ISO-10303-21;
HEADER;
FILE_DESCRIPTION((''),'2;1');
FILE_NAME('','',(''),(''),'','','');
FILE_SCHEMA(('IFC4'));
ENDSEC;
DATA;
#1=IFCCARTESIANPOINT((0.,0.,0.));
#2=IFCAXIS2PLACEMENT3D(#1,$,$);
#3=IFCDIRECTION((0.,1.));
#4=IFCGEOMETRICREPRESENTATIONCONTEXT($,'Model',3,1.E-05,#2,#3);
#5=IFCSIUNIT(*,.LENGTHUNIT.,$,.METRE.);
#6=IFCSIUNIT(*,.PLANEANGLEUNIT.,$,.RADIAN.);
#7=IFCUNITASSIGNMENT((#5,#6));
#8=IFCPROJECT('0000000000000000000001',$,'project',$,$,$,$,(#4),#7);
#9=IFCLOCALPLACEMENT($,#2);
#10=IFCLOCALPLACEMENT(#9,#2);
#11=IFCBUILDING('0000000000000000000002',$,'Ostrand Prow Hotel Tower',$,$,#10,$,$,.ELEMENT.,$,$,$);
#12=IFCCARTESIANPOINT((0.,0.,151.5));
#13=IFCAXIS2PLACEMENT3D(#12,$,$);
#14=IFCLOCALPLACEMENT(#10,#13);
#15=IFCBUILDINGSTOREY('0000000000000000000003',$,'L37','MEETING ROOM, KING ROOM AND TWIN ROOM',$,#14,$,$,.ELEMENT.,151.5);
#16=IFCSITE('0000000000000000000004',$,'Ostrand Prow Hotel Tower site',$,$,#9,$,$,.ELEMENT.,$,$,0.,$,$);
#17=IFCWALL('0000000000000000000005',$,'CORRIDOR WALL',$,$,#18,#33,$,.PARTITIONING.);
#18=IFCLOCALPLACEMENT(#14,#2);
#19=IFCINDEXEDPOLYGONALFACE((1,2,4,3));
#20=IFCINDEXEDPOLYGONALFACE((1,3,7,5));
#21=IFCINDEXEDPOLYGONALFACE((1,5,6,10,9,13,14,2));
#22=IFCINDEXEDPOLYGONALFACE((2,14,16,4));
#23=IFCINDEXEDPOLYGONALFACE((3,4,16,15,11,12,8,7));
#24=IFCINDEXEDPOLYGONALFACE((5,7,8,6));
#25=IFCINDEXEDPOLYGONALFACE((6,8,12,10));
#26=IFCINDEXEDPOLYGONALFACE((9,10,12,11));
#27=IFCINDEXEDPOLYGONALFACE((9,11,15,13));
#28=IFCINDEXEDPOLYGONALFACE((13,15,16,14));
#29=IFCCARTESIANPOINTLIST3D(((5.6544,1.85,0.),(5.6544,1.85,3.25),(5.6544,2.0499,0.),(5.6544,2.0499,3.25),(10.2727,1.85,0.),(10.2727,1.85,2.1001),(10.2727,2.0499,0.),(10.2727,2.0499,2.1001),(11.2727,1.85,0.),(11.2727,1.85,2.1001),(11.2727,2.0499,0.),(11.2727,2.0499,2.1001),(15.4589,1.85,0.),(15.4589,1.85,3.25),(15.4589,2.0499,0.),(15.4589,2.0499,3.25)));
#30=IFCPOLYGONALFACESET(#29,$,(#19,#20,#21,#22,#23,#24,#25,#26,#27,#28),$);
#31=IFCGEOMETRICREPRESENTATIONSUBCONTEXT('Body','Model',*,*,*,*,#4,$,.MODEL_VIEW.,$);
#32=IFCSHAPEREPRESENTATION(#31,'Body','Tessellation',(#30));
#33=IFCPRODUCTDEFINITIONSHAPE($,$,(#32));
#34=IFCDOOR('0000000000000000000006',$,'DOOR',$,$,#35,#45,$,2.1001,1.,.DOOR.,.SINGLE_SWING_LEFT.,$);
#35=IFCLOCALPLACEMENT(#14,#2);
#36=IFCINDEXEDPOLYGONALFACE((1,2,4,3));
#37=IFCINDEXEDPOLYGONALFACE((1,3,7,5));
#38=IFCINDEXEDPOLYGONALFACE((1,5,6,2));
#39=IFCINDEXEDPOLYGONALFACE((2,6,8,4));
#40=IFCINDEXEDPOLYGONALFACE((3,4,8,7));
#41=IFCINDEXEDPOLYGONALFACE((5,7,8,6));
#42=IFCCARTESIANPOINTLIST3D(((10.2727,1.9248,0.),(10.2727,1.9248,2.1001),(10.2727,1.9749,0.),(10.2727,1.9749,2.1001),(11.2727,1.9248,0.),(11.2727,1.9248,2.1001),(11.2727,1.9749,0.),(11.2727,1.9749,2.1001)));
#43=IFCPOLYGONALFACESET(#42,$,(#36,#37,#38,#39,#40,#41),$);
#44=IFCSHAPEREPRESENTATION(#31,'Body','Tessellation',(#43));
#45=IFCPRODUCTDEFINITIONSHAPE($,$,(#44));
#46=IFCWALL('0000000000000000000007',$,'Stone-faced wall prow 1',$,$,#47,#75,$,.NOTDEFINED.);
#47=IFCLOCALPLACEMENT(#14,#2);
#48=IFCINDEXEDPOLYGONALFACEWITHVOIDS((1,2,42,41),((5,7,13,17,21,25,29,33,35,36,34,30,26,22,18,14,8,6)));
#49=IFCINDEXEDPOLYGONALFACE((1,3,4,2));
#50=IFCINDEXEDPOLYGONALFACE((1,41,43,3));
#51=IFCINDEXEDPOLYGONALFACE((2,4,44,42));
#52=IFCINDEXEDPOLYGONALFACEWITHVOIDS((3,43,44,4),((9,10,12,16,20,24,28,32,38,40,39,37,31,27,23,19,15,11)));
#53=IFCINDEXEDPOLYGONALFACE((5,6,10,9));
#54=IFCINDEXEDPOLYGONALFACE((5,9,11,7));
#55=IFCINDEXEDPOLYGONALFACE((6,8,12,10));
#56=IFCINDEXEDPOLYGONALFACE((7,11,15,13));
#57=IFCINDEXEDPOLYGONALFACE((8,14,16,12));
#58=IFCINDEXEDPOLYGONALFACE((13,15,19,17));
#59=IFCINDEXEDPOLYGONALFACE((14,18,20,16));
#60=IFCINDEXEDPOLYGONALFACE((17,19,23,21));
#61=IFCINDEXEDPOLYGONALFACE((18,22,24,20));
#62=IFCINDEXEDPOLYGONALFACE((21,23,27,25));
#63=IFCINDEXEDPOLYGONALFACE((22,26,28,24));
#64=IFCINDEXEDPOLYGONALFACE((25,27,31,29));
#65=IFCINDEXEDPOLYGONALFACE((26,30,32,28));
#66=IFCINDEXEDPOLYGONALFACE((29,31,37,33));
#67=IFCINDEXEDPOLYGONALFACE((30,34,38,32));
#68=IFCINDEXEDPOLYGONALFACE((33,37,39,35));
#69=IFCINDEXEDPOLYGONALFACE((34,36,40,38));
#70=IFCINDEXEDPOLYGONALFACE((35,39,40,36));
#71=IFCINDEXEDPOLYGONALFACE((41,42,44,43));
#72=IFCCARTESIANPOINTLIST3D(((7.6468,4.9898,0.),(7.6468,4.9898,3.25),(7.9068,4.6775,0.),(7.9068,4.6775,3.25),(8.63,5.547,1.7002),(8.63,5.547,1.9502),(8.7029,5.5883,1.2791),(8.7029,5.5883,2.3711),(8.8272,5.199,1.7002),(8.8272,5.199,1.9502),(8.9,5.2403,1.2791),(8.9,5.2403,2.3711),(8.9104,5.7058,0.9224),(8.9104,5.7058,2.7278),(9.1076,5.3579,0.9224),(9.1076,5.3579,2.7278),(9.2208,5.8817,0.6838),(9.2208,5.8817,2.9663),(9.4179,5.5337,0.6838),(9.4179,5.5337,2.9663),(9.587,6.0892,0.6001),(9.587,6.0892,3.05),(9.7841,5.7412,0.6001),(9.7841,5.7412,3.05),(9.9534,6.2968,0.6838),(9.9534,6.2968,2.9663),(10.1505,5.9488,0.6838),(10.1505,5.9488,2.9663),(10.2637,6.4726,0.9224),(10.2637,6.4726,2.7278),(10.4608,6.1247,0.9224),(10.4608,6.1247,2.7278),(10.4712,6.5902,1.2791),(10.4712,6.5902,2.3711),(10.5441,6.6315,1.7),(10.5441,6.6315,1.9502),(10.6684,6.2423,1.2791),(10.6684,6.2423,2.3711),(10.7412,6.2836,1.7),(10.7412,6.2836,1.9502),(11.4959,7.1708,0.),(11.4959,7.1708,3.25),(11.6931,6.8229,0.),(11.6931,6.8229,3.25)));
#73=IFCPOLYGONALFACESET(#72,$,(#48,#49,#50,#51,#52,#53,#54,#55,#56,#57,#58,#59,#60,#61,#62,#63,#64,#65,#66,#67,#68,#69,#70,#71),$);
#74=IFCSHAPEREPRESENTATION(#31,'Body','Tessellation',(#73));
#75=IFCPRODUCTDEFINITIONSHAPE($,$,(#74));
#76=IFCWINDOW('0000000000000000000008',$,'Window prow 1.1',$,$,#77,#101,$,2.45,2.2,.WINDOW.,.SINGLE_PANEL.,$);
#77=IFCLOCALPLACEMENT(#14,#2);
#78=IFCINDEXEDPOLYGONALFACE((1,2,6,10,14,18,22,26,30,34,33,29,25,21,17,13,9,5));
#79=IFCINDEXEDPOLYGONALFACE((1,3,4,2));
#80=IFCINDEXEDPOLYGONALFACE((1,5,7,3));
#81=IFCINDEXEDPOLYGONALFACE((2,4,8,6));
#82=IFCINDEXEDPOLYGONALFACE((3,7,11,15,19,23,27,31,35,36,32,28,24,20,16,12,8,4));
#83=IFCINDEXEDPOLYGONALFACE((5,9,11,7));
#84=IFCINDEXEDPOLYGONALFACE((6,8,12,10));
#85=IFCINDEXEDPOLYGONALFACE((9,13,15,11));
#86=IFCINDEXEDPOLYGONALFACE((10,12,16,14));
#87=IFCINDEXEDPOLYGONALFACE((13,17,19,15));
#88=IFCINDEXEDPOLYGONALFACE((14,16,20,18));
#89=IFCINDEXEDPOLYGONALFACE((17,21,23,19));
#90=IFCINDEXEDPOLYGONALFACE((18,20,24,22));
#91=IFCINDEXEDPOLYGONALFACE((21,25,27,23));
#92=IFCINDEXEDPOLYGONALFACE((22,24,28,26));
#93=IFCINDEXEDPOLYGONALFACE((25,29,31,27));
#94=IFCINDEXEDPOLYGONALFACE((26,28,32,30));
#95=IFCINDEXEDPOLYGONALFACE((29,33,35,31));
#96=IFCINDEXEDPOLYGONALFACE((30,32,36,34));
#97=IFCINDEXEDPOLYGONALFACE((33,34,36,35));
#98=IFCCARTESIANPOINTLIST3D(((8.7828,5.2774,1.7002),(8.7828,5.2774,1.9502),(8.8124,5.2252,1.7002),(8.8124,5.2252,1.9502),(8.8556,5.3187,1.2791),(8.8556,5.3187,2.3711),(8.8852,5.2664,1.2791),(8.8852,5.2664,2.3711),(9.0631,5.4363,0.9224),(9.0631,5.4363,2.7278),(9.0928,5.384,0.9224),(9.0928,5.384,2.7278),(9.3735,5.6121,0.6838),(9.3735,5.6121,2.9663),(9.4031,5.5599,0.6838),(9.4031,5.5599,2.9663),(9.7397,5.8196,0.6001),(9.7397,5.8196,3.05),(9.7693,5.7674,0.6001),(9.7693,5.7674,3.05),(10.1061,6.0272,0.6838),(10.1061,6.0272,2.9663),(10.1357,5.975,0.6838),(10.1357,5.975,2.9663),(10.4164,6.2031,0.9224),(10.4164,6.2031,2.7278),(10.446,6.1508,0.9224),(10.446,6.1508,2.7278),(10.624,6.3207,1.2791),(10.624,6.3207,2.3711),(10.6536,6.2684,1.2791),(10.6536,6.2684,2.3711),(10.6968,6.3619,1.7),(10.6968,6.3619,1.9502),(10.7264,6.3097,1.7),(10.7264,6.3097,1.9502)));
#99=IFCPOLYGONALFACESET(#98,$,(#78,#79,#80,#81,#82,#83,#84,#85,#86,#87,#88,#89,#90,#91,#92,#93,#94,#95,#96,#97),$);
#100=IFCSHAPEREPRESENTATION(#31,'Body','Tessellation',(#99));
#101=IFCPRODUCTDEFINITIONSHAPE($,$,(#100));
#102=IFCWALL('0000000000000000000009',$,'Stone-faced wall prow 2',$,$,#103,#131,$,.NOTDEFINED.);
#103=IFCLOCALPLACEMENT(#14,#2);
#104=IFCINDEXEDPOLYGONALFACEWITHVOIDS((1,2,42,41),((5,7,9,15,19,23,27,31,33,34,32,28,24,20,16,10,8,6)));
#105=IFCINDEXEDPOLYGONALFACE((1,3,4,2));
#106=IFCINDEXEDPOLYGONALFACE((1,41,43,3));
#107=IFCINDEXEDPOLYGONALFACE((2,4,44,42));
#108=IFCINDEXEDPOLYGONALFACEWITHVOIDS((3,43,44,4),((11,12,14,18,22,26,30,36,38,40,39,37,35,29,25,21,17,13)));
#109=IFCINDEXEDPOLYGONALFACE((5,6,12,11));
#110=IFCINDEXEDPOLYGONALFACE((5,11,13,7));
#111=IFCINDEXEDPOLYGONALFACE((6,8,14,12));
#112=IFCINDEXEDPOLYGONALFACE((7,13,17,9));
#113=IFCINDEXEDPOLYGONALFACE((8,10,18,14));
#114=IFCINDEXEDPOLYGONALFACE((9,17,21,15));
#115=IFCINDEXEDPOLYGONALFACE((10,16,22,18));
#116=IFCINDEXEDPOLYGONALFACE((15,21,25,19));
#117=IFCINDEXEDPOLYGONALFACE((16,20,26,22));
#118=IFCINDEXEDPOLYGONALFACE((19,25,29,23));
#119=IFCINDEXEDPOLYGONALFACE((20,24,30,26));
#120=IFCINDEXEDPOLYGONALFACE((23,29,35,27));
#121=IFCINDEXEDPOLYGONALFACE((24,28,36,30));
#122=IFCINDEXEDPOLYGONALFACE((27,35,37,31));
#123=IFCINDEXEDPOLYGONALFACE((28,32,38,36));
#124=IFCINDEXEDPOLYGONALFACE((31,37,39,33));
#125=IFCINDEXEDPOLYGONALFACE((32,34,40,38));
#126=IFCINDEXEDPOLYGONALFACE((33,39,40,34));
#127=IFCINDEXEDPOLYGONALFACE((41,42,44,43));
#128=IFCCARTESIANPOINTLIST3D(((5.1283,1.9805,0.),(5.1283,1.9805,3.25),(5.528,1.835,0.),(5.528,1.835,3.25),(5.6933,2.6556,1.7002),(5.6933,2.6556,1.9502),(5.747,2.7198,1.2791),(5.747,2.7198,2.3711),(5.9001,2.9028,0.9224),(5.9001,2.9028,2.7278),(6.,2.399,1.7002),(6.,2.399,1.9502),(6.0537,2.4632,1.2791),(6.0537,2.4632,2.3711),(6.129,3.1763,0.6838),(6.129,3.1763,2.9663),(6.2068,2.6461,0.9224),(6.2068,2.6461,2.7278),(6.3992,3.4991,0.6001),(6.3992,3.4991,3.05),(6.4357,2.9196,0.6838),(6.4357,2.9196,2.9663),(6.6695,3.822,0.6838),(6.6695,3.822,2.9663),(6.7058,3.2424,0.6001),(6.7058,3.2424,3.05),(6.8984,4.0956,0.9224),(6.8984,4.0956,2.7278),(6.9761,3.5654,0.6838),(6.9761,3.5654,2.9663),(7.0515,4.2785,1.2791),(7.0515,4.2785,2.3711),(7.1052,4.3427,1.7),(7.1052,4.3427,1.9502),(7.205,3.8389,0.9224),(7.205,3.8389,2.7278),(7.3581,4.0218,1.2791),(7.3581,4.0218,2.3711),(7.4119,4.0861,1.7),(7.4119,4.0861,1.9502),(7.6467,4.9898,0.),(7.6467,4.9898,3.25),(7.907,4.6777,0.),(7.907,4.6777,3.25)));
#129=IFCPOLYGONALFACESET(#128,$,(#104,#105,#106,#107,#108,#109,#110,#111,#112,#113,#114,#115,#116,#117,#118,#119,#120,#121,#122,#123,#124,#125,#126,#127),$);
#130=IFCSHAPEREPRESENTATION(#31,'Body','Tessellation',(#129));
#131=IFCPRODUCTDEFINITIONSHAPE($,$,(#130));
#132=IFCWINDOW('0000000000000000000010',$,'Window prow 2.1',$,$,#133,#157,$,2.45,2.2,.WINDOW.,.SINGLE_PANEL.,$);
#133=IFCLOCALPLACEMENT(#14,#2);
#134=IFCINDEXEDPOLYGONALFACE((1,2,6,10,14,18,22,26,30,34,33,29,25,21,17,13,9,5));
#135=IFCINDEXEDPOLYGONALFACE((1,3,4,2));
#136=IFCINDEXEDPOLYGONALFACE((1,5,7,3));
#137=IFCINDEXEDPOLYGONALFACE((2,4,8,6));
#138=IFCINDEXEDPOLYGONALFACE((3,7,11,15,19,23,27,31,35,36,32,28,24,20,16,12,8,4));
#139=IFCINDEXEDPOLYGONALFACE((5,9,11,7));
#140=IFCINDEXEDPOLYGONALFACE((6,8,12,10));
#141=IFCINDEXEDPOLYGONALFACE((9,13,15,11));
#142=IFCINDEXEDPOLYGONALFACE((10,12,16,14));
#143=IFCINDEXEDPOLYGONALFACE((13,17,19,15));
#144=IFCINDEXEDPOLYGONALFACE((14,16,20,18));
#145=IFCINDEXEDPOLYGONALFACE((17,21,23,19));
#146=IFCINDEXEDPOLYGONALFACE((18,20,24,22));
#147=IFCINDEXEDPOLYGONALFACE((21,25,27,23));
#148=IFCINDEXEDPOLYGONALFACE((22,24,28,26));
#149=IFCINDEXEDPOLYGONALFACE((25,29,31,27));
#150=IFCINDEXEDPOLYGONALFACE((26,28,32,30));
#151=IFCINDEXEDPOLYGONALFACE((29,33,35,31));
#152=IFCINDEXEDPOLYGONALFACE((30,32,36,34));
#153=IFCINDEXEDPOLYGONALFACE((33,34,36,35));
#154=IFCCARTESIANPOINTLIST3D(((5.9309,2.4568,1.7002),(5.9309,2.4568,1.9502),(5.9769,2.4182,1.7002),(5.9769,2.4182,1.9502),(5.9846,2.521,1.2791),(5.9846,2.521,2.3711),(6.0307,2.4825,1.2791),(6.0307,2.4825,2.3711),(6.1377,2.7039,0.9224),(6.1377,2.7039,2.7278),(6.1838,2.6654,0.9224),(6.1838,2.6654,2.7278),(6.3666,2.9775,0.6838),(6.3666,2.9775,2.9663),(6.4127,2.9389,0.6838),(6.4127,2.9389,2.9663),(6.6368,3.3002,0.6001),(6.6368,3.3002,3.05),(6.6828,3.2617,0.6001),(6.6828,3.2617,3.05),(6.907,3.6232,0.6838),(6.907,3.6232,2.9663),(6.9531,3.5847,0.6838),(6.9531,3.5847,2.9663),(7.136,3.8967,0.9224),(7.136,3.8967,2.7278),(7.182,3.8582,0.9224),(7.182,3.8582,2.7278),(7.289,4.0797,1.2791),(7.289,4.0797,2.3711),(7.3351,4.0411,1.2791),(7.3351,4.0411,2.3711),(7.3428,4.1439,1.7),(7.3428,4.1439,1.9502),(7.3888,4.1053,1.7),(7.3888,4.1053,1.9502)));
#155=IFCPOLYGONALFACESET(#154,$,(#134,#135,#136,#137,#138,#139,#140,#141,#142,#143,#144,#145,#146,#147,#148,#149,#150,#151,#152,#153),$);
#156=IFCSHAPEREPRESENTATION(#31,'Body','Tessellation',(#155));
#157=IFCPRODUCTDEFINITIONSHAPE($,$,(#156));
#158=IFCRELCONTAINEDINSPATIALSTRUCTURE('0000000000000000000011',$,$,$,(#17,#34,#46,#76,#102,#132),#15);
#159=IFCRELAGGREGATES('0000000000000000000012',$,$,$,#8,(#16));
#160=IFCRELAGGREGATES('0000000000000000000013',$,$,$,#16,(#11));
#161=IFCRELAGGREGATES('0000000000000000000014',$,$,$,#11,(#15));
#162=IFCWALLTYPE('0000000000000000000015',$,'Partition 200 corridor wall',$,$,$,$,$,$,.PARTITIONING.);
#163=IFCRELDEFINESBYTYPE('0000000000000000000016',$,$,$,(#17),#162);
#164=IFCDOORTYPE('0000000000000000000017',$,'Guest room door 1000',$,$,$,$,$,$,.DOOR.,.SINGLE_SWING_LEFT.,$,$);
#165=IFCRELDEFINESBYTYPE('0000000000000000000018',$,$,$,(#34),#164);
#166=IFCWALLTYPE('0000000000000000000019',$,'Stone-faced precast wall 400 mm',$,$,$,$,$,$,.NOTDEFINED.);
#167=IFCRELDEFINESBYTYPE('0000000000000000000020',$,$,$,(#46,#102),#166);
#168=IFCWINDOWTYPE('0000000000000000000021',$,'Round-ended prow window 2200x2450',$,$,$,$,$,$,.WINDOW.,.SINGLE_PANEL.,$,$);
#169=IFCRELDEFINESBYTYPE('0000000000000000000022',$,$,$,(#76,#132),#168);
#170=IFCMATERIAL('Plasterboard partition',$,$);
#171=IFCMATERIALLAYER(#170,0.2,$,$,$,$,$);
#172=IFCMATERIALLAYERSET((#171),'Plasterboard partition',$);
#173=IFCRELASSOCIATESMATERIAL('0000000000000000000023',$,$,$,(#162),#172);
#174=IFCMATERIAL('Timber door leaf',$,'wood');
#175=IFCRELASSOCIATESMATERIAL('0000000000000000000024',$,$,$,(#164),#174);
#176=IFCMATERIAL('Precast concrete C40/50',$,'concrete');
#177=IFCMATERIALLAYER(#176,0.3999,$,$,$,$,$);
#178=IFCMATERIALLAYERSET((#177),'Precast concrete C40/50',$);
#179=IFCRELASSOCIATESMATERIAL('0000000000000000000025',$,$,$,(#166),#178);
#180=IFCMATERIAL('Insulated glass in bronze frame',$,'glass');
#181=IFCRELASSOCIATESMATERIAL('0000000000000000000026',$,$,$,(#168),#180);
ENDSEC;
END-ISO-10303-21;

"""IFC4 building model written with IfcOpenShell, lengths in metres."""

from ifc_helpers import new_model, si_unit, direction, frame, frame_2d, origin, place, context, subcontext, project, spatial, polyline, rectangle, outline, extrude, material, layer, layer_set, type_object, element, fill, save


model = new_model("IFC4")

# Units and contexts
model_context = context("Model", 3, precision=1e-05, world=origin(), true_north=direction((0.0, 1.0)))
body_context = subcontext(model_context, "Body", "Model", "MODEL_VIEW")
ifc_project = project(units=[si_unit("LENGTHUNIT", "METRE"), si_unit("PLANEANGLEUNIT", "RADIAN")], contexts=[model_context])

# Site, building, storey
site_placement = place(None, origin())
site = spatial("IfcSite", under=ifc_project, at=site_placement, Name="Ostrand Prow Hotel Tower site", CompositionType="ELEMENT", RefElevation=0.0)
building_placement = place(site_placement, origin())
building = spatial("IfcBuilding", under=site, at=building_placement, Name="Ostrand Prow Hotel Tower", CompositionType="ELEMENT")
storey_placement = place(building_placement, frame((0.0, 0.0, 151.5)))
storey = spatial("IfcBuildingStorey", under=building, at=storey_placement, Name="L37", Description="MEETING ROOM, KING ROOM AND TWIN ROOM", CompositionType="ELEMENT", Elevation=151.5)

# Wall, opening, door
ifc_material_1 = material(Name="Plasterboard partition")
ifc_layer_1 = layer(ifc_material_1, 0.2)
ifc_layer_set_1 = layer_set([ifc_layer_1], Name="Plasterboard partition")
wall_type_1 = type_object("IfcWallType", Name="Partition 200 corridor wall", PredefinedType="PARTITIONING", material=ifc_layer_set_1)
wall_1_placement = place(storey_placement, frame((5.6543, 1.95, 0.0), z_axis=(0.0, 0.0, 1.0), x_axis=(1.0, 0.0, 0.0)))
wall_1 = element("IfcWall", 1, at=wall_1_placement, inside=storey, type_object=wall_type_1, Name="CORRIDOR WALL", PredefinedType="PARTITIONING", context=body_context, shape_type="SweptSolid", body=[
    extrude(rectangle(XDim=9.8044, YDim=0.2, at=frame_2d((4.9023, 0.0))), origin(), (0.0, 0.0, 1.0), 3.25),
])
opening_1_placement = place(wall_1_placement, frame((4.6184, 0.0, 0.0)))
opening_1 = element("IfcOpeningElement", 2, at=opening_1_placement, cuts=wall_1, PredefinedType="OPENING", context=body_context, shape_type="SweptSolid", body=[
    extrude(rectangle(XDim=1.0, YDim=2.1001, at=frame_2d((0.5, 1.05))), frame((0.0, 0.1099, 0.0), z_axis=(0.0, -1.0, 0.0), x_axis=(1.0, 0.0, 0.0)), (0.0, 0.0, 1.0), 0.22),
])
ifc_material_2 = material(Name="Timber door leaf", Category="wood")
door_type = type_object("IfcDoorType", Name="Guest room door 1000", OperationType="SINGLE_SWING_LEFT", PredefinedType="DOOR", material=ifc_material_2)
door_placement = place(opening_1_placement, origin())
door = element("IfcDoor", 3, at=door_placement, inside=storey, type_object=door_type, Name="DOOR", OperationType="SINGLE_SWING_LEFT", OverallHeight=2.1001, OverallWidth=1.0, PredefinedType="DOOR", context=body_context, shape_type="SweptSolid", body=[
    extrude(rectangle(XDim=1.0, YDim=2.1001, at=frame_2d((0.5, 1.05))), frame((0.0, 0.0249, 0.0), z_axis=(0.0, -1.0, 0.0), x_axis=(1.0, 0.0, 0.0)), (0.0, 0.0, 1.0), 0.05),
])
fill(opening_1, door)

# Walls, openings, windows
ifc_material_3 = material(Name="Precast concrete C40/50", Category="concrete")
ifc_layer_2 = layer(ifc_material_3, 0.3999)
ifc_layer_set_2 = layer_set([ifc_layer_2], Name="Precast concrete C40/50")
wall_type_2 = type_object("IfcWallType", Name="Stone-faced precast wall 400 mm", PredefinedType="NOTDEFINED", material=ifc_layer_set_2)
wall_2_placement = place(storey_placement, frame((11.5945, 6.9968, 0.0), z_axis=(0.0, 0.0, 1.0), x_axis=(-0.870045, -0.492972, 0.0)))
wall_2 = element("IfcWall", 4, at=wall_2_placement, inside=storey, type_object=wall_type_2, Name="Stone-faced wall prow 1", PredefinedType="NOTDEFINED", context=body_context, shape_type="SweptSolid", body=[
    extrude(outline(polyline([(0.0, -0.2), (4.4241, -0.2), (4.3518, 0.2), (0.0, 0.2), (0.0, -0.2)])), origin(), (0.0, 0.0, 1.0), 3.25),
])
opening_2_placement = place(wall_2_placement, frame((1.094, 0.0, 0.6001)))
opening_2 = element("IfcOpeningElement", 5, at=opening_2_placement, cuts=wall_2, PredefinedType="OPENING", context=body_context, shape_type="SweptSolid", body=[
    extrude(outline(polyline([(0.0, 1.3501), (0.0837, 1.771), (0.3223, 2.1277), (0.679, 2.3662), (1.1001, 2.45), (1.521, 2.3662), (1.8777, 2.1277), (2.1162, 1.771), (2.2, 1.3501), (2.2, 1.1001), (2.1162, 0.679), (1.8777, 0.3223), (1.521, 0.0837), (1.1001, 0.0), (0.679, 0.0837), (0.3223, 0.3223), (0.0837, 0.679), (0.0, 1.0999), (0.0, 1.3501)])), frame((0.0, 0.21, 0.0), z_axis=(0.0, -1.0, 0.0), x_axis=(1.0, 0.0, 0.0)), (0.0, 0.0, 1.0), 0.4199),
])
ifc_material_4 = material(Name="Insulated glass in bronze frame", Category="glass")
window_type = type_object("IfcWindowType", Name="Round-ended prow window 2200x2450", PartitioningType="SINGLE_PANEL", PredefinedType="WINDOW", material=ifc_material_4)
window_1_placement = place(opening_2_placement, origin())
window_1 = element("IfcWindow", 6, at=window_1_placement, inside=storey, type_object=window_type, Name="Window prow 1.1", OverallHeight=2.45, OverallWidth=2.2, PartitioningType="SINGLE_PANEL", PredefinedType="WINDOW", context=body_context, shape_type="SweptSolid", body=[
    extrude(outline(polyline([(0.0, 1.3501), (0.0837, 1.771), (0.3223, 2.1277), (0.679, 2.3662), (1.1001, 2.45), (1.521, 2.3662), (1.8777, 2.1277), (2.1162, 1.771), (2.2, 1.3501), (2.2, 1.1001), (2.1162, 0.679), (1.8777, 0.3223), (1.521, 0.0837), (1.1001, 0.0), (0.679, 0.0837), (0.3223, 0.3223), (0.0837, 0.679), (0.0, 1.0999), (0.0, 1.3501)])), frame((0.0, 0.1699, 0.0), z_axis=(0.0, -1.0, 0.0), x_axis=(1.0, 0.0, 0.0)), (0.0, 0.0, 1.0), 0.0601),
])
fill(opening_2, window_1)
wall_3_placement = place(storey_placement, frame((7.7769, 4.8337, 0.0), z_axis=(0.0, 0.0, 1.0), x_axis=(-0.641788, -0.766882, 0.0)))
wall_3 = element("IfcWall", 7, at=wall_3_placement, inside=storey, type_object=wall_type_2, Name="Stone-faced wall prow 2", PredefinedType="NOTDEFINED", context=body_context, shape_type="SweptSolid", body=[
    extrude(outline(polyline([(-0.0361, -0.2), (3.8879, -0.2), (3.7429, 0.2), (0.0361, 0.2), (-0.0361, -0.2)])), origin(), (0.0, 0.0, 1.0), 3.25),
])
opening_3_placement = place(wall_3_placement, frame((0.8076, 0.0, 0.6001)))
opening_3 = element("IfcOpeningElement", 8, at=opening_3_placement, cuts=wall_3, PredefinedType="OPENING", context=body_context, shape_type="SweptSolid", body=[
    extrude(outline(polyline([(0.0, 1.3501), (0.0837, 1.771), (0.3223, 2.1277), (0.679, 2.3662), (1.1001, 2.45), (1.521, 2.3662), (1.8777, 2.1277), (2.1162, 1.771), (2.2, 1.3501), (2.2, 1.1001), (2.1162, 0.679), (1.8777, 0.3223), (1.521, 0.0837), (1.1001, 0.0), (0.679, 0.0837), (0.3223, 0.3223), (0.0837, 0.679), (0.0, 1.0999), (0.0, 1.3501)])), frame((0.0, 0.21, 0.0), z_axis=(0.0, -1.0, 0.0), x_axis=(1.0, 0.0, 0.0)), (0.0, 0.0, 1.0), 0.4199),
])
window_2_placement = place(opening_3_placement, origin())
window_2 = element("IfcWindow", 9, at=window_2_placement, inside=storey, type_object=window_type, Name="Window prow 2.1", OverallHeight=2.45, OverallWidth=2.2, PartitioningType="SINGLE_PANEL", PredefinedType="WINDOW", context=body_context, shape_type="SweptSolid", body=[
    extrude(outline(polyline([(0.0, 1.3501), (0.0837, 1.771), (0.3223, 2.1277), (0.679, 2.3662), (1.1001, 2.45), (1.521, 2.3662), (1.8777, 2.1277), (2.1162, 1.771), (2.2, 1.3501), (2.2, 1.1001), (2.1162, 0.679), (1.8777, 0.3223), (1.521, 0.0837), (1.1001, 0.0), (0.679, 0.0837), (0.3223, 0.3223), (0.0837, 0.679), (0.0, 1.0999), (0.0, 1.3501)])), frame((0.0, 0.1699, 0.0), z_axis=(0.0, -1.0, 0.0), x_axis=(1.0, 0.0, 0.0)), (0.0, 0.0, 1.0), 0.0601),
])
fill(opening_3, window_2)

save(model, "model.ifc")
